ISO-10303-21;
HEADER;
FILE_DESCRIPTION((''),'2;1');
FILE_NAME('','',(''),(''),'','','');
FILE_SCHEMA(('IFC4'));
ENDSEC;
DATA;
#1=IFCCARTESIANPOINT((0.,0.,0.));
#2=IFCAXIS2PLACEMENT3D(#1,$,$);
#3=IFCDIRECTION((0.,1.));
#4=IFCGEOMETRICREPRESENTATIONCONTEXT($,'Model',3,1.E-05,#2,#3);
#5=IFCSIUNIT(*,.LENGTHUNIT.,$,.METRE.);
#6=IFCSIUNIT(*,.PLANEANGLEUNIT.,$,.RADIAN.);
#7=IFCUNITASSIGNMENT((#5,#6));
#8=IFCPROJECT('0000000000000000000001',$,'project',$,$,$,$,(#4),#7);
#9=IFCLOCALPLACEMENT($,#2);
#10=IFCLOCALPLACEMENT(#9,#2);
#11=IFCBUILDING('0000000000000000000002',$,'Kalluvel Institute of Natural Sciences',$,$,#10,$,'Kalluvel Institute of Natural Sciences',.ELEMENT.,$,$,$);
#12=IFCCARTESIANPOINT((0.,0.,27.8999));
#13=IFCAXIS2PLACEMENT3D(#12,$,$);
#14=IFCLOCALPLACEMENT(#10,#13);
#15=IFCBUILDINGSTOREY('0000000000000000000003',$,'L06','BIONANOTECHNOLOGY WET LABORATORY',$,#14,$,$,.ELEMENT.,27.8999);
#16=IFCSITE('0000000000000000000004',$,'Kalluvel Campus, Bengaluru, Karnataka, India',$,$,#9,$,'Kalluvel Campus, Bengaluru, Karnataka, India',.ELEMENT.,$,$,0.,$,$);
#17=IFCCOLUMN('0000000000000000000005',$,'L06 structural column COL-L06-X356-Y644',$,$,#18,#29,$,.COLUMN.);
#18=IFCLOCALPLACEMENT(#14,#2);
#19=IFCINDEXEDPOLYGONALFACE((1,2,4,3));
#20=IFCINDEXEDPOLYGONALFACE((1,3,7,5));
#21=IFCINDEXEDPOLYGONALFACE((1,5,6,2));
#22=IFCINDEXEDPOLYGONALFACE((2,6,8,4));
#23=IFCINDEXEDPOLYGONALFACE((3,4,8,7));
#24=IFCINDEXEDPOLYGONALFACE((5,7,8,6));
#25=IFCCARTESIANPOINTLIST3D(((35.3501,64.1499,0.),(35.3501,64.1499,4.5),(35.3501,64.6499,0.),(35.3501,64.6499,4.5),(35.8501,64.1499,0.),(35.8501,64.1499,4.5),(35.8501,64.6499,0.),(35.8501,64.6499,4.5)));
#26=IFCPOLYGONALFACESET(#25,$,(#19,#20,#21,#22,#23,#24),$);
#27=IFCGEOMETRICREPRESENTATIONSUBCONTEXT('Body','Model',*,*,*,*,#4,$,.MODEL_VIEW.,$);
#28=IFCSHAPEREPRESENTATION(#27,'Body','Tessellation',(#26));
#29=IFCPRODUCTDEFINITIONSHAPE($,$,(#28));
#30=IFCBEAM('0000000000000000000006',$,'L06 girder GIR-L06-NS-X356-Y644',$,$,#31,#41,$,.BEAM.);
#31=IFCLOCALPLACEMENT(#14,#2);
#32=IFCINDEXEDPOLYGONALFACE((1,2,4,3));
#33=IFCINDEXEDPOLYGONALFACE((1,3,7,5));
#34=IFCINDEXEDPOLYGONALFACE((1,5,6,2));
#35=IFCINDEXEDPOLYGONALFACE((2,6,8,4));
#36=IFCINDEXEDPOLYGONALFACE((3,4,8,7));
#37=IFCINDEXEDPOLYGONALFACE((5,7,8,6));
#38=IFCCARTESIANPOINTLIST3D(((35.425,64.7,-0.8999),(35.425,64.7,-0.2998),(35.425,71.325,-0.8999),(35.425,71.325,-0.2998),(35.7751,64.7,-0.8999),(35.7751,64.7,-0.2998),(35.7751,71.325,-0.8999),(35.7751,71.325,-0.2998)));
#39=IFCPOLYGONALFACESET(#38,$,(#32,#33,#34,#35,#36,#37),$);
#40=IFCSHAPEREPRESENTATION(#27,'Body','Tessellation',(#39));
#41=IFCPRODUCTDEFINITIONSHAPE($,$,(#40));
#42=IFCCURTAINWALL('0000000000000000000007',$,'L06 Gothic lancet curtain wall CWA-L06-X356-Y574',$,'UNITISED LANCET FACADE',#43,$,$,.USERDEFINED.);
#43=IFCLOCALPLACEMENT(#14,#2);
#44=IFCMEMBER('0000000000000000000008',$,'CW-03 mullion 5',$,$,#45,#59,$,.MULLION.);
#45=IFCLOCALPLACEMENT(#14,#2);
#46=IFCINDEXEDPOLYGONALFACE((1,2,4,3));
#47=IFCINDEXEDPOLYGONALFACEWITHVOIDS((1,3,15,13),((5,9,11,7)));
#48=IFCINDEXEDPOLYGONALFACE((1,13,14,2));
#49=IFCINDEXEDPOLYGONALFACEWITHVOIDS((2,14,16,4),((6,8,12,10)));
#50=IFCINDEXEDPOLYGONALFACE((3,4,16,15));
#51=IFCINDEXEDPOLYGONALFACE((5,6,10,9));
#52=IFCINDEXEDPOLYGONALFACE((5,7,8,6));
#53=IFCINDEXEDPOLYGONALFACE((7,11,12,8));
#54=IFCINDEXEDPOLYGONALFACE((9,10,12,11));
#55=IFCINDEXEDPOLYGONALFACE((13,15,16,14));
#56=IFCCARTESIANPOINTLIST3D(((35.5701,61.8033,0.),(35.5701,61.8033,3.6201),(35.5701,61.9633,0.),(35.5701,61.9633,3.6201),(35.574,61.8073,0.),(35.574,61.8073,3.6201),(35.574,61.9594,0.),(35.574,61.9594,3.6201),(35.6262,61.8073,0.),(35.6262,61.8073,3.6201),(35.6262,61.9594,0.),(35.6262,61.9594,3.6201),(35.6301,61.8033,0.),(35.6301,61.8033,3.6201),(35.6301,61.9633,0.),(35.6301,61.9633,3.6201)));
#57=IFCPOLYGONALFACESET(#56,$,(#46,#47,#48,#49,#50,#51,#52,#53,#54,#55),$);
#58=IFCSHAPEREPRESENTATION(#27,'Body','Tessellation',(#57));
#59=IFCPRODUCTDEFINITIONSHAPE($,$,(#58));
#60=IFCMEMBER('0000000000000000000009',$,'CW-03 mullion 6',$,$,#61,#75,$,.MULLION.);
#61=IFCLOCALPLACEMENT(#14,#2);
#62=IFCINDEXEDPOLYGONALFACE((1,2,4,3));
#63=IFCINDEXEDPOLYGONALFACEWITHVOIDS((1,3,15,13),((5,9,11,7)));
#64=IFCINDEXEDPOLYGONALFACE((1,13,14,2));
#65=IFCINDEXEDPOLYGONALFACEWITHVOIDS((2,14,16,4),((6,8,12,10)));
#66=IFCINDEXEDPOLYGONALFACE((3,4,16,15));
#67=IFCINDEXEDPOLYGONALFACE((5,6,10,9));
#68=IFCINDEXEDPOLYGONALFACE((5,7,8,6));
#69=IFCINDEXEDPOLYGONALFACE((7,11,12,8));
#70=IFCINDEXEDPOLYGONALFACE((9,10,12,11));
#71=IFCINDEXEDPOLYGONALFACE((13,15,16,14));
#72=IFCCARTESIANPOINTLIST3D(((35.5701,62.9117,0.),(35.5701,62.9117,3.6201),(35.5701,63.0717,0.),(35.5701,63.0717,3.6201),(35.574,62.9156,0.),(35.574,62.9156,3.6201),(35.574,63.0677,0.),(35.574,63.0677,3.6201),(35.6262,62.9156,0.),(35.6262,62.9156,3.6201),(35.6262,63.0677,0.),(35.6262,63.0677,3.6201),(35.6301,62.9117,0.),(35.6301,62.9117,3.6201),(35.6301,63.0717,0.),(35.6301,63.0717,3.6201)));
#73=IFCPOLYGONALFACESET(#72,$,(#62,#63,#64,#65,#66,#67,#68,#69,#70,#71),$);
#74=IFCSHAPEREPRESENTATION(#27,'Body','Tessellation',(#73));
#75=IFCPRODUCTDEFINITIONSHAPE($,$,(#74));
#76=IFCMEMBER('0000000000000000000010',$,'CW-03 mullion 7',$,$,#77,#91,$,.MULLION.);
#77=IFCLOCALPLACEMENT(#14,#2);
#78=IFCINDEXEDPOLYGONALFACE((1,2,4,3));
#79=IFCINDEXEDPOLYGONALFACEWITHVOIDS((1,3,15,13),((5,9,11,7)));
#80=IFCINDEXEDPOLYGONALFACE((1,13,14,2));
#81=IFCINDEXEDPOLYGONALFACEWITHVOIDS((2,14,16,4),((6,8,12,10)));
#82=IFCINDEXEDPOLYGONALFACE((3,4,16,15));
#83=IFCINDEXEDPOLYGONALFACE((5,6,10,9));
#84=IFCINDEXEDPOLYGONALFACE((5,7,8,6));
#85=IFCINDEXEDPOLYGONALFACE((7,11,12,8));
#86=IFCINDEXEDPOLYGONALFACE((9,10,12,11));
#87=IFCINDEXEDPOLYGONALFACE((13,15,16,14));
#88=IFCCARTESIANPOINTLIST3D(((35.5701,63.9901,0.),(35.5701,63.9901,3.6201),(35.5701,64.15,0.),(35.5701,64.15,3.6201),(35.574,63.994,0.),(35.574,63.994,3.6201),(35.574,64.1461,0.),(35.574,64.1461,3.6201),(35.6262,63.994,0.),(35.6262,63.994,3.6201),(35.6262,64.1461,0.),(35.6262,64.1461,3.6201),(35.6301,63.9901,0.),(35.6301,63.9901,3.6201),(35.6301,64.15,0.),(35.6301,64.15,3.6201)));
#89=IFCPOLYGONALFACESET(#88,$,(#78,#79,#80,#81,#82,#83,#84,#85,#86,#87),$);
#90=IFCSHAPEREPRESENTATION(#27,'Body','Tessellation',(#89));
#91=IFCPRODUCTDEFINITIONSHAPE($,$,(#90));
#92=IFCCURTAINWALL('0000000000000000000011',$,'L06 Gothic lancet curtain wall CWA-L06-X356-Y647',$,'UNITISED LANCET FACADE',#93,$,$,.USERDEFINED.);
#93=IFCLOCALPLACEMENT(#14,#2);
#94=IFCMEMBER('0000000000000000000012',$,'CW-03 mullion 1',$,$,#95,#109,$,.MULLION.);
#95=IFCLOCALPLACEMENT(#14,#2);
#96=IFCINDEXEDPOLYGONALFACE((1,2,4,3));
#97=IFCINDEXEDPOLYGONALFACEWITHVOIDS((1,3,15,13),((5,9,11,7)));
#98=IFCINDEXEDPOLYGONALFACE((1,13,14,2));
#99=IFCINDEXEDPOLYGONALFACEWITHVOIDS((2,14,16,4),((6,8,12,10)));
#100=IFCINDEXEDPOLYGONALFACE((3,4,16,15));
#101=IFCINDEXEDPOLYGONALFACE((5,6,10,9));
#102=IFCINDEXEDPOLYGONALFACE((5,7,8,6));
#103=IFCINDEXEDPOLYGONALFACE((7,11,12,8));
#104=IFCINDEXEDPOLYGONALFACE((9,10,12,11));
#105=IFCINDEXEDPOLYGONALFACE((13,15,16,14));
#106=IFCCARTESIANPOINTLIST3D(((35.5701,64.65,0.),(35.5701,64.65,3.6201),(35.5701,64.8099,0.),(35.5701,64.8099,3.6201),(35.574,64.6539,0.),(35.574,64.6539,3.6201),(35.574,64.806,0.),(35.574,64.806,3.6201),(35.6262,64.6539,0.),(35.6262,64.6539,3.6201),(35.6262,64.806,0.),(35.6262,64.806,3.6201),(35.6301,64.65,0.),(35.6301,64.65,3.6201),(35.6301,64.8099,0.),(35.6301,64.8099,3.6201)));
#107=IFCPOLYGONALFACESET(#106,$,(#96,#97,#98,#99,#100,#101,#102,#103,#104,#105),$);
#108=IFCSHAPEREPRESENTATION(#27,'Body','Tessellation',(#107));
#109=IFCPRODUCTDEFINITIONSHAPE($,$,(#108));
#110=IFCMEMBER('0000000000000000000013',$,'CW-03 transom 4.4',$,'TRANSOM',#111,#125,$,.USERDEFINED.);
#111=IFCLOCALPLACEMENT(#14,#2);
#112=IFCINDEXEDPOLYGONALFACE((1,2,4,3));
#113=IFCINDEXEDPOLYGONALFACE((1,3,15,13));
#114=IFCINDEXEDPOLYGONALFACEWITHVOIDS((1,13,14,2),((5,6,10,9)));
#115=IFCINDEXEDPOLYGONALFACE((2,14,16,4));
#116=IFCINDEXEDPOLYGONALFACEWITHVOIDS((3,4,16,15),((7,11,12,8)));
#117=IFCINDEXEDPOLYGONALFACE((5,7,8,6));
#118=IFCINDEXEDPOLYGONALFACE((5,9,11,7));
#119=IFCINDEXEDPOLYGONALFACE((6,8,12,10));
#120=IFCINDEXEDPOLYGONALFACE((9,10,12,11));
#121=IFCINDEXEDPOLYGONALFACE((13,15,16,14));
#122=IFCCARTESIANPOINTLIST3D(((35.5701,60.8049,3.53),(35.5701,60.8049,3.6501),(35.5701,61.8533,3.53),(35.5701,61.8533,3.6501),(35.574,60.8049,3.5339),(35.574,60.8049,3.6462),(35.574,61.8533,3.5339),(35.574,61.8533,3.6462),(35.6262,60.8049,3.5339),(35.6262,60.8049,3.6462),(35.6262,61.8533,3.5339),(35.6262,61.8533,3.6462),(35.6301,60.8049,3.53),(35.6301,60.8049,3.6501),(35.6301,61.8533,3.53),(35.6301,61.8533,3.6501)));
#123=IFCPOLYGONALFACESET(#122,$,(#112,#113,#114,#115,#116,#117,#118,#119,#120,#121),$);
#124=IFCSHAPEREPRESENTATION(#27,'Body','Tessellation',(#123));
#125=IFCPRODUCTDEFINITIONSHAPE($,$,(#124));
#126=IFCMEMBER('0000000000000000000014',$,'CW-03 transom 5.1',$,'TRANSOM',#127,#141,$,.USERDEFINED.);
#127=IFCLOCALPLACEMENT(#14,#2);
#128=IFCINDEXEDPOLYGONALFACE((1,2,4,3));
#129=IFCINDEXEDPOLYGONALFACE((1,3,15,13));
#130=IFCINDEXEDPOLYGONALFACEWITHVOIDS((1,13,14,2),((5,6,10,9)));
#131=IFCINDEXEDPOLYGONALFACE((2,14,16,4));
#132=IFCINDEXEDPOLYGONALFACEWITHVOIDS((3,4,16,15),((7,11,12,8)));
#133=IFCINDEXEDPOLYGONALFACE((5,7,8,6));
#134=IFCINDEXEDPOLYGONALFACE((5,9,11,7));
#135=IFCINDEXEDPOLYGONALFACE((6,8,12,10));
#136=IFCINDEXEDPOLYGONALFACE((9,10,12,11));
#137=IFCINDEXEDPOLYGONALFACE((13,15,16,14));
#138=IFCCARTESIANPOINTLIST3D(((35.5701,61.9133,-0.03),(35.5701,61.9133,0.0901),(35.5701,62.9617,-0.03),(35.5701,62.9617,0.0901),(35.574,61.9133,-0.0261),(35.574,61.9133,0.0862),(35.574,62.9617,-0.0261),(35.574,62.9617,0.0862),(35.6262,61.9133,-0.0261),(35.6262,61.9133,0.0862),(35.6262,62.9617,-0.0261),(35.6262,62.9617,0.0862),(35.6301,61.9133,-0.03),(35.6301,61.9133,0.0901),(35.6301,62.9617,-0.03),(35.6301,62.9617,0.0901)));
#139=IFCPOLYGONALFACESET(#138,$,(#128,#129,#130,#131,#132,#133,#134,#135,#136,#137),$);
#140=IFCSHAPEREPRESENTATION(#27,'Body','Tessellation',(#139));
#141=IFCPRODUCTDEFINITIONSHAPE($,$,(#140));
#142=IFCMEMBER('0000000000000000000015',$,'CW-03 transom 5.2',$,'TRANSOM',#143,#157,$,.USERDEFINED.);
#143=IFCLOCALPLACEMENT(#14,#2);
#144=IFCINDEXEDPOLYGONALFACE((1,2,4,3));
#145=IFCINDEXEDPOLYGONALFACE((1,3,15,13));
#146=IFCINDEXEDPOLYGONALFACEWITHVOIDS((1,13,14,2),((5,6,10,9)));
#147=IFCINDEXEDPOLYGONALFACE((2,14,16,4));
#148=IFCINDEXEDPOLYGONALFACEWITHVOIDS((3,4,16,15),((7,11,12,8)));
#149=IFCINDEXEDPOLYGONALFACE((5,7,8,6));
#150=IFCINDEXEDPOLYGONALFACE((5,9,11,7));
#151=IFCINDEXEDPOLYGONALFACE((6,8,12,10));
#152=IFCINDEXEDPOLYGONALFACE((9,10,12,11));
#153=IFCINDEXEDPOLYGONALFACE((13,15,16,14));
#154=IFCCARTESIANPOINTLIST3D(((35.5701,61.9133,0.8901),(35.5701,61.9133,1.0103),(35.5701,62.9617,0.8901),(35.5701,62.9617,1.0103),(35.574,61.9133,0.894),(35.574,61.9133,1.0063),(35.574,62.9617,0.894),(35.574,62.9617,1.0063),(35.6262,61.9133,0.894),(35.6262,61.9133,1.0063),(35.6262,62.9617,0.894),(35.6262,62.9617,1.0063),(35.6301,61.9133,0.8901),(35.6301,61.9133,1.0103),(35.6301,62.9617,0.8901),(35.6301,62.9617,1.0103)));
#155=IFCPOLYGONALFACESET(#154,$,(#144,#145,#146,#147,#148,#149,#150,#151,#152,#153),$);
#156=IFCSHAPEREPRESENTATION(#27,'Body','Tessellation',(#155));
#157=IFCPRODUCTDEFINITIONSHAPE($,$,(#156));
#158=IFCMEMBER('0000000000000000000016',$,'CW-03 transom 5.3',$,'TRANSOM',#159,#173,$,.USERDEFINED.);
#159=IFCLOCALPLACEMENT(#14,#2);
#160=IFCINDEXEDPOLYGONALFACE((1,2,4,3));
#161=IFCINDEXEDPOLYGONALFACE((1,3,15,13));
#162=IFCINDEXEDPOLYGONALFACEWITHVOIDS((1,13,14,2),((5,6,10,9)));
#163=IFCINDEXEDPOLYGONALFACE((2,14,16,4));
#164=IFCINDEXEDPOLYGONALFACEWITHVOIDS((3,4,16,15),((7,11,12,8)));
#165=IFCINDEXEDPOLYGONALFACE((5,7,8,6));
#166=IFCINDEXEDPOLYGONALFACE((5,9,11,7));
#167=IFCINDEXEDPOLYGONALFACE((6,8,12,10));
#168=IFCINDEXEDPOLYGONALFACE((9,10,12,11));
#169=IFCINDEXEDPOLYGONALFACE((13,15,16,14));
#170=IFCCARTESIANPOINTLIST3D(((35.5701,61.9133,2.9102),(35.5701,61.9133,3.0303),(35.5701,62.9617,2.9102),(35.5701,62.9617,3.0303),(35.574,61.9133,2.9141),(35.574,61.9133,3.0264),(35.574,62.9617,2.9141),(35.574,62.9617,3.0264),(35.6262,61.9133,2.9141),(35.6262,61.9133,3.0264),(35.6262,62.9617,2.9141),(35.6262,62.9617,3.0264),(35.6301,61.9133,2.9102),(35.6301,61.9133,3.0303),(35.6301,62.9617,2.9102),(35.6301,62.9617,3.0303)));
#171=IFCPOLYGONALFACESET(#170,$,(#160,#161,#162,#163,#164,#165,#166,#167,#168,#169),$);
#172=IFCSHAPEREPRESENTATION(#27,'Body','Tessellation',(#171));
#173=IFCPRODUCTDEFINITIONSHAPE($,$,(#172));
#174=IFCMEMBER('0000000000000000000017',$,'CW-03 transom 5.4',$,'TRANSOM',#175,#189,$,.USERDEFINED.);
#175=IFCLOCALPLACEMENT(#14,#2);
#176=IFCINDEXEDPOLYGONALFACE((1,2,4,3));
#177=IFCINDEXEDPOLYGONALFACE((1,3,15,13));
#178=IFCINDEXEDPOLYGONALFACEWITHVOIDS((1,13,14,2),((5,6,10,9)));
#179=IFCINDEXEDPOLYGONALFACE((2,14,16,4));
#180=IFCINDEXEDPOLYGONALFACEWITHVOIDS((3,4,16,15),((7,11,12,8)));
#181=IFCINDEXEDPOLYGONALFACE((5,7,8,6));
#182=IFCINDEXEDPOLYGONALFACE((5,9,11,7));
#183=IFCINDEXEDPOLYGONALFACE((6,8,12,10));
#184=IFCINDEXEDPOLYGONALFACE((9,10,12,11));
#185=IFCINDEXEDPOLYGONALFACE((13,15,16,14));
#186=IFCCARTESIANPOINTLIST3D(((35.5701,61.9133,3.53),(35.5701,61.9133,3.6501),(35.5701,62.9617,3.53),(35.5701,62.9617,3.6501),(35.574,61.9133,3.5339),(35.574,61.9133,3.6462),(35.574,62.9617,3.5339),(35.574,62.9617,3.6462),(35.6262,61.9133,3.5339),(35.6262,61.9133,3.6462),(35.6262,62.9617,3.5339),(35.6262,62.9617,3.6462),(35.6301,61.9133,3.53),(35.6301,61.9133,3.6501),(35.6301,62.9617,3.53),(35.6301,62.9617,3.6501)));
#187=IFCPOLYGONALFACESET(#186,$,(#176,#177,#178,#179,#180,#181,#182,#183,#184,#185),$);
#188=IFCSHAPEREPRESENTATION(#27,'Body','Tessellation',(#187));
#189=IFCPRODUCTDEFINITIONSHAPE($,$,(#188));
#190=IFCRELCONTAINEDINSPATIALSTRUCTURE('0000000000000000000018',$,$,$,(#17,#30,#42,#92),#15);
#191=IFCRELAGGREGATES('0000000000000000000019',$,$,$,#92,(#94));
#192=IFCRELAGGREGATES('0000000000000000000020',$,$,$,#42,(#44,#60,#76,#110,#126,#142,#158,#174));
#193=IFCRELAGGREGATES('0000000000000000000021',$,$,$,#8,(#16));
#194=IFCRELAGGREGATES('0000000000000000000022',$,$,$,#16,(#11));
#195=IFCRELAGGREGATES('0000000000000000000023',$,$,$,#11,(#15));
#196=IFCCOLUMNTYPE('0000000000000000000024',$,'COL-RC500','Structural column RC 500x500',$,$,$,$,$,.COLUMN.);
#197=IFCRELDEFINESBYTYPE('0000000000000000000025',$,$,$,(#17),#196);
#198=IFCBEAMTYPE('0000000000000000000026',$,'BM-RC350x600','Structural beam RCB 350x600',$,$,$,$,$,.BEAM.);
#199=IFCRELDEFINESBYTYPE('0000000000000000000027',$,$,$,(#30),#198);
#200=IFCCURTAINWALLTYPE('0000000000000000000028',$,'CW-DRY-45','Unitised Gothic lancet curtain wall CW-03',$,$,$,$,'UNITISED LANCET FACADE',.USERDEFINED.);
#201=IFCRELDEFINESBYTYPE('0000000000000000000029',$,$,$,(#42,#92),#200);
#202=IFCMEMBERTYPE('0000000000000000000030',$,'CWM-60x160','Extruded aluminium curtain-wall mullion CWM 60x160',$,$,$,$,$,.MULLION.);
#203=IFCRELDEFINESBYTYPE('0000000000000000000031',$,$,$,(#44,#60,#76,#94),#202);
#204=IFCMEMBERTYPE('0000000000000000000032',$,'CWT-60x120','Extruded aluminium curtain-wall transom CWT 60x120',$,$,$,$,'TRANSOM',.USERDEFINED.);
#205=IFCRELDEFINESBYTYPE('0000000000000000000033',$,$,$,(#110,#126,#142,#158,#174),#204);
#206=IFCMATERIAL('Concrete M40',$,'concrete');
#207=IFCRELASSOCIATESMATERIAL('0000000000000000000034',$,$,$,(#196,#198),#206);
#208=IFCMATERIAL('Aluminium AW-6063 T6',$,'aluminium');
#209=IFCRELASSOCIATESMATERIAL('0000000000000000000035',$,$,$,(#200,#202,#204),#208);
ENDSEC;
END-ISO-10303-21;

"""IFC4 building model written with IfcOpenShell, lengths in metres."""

from ifc_helpers import new_model, si_unit, direction, frame, origin, origin_2d, place, context, subcontext, project, spatial, rectangle, hollow_rectangle, extrude, material, material_profile, profile_set, type_object, element, aggregate, save


model = new_model("IFC4")

# Units and contexts
model_context = context("Model", 3, precision=1e-05, world=origin(), true_north=direction((0.0, 1.0)))
body_context = subcontext(model_context, "Body", "Model", "MODEL_VIEW")
ifc_project = project(units=[si_unit("LENGTHUNIT", "METRE"), si_unit("PLANEANGLEUNIT", "RADIAN")], contexts=[model_context])

# Site, building, storey
site_placement = place(None, origin())
site = spatial("IfcSite", under=ifc_project, at=site_placement, Name="Kalluvel Campus, Bengaluru, Karnataka, India", LongName="Kalluvel Campus, Bengaluru, Karnataka, India", CompositionType="ELEMENT", RefElevation=0.0)
building_placement = place(site_placement, origin())
building = spatial("IfcBuilding", under=site, at=building_placement, Name="Kalluvel Institute of Natural Sciences", LongName="Kalluvel Institute of Natural Sciences", CompositionType="ELEMENT")
storey_placement = place(building_placement, frame((0.0, 0.0, 27.8999)))
storey = spatial("IfcBuildingStorey", under=building, at=storey_placement, Name="L06", Description="BIONANOTECHNOLOGY WET LABORATORY", CompositionType="ELEMENT", Elevation=27.8999)

# Column
ifc_material_1 = material(Name="Concrete M40", Category="concrete")
ifc_material_profile_1 = material_profile(ifc_material_1, rectangle(XDim=0.5, YDim=0.5, at=origin_2d()), Name="RC 500x500")
ifc_profile_set_1 = profile_set([ifc_material_profile_1], Name="Concrete M40")
column_type = type_object("IfcColumnType", Name="COL-RC500", Description="Structural column RC 500x500", PredefinedType="COLUMN", material=ifc_profile_set_1)
column_placement = place(storey_placement, frame((35.6001, 64.3999, 0.0), z_axis=(0.0, 0.0, 1.0), x_axis=(1.0, 0.0, 0.0)))
element("IfcColumn", 1, at=column_placement, inside=storey, type_object=column_type, Name="L06 structural column COL-L06-X356-Y644", PredefinedType="COLUMN", context=body_context, shape_type="SweptSolid", body=[
    extrude(rectangle(XDim=0.5, YDim=0.5, at=origin_2d()), origin(), (0.0, 0.0, 1.0), 4.5),
])

# Beam
ifc_material_profile_2 = material_profile(ifc_material_1, rectangle(XDim=0.3501, YDim=0.6001, at=origin_2d()), Name="RCB 350x600")
ifc_profile_set_2 = profile_set([ifc_material_profile_2], Name="Concrete M40")
beam_type = type_object("IfcBeamType", Name="BM-RC350x600", Description="Structural beam RCB 350x600", PredefinedType="BEAM", material=ifc_profile_set_2)
beam_placement = place(storey_placement, frame((35.6001, 64.7, -0.5999), z_axis=(0.0, 1.0, 0.0), x_axis=(-1.0, 0.0, 0.0)))
element("IfcBeam", 2, at=beam_placement, inside=storey, type_object=beam_type, Name="L06 girder GIR-L06-NS-X356-Y644", PredefinedType="BEAM", context=body_context, shape_type="SweptSolid", body=[
    extrude(rectangle(XDim=0.3501, YDim=0.6001, at=origin_2d()), origin(), (0.0, 0.0, 1.0), 6.625),
])

# Curtain wall, members
ifc_material_2 = material(Name="Aluminium AW-6063 T6", Category="aluminium")
curtain_wall_type = type_object("IfcCurtainWallType", Name="CW-DRY-45", Description="Unitised Gothic lancet curtain wall CW-03", ElementType="UNITISED LANCET FACADE", PredefinedType="USERDEFINED", material=ifc_material_2)
curtain_wall_1_placement = place(storey_placement, origin())
curtain_wall_1 = element("IfcCurtainWall", 3, at=curtain_wall_1_placement, inside=storey, type_object=curtain_wall_type, Name="L06 Gothic lancet curtain wall CWA-L06-X356-Y574", ObjectType="UNITISED LANCET FACADE", PredefinedType="USERDEFINED")
ifc_material_profile_3 = material_profile(ifc_material_2, hollow_rectangle(XDim=0.0601, YDim=0.1599, WallThickness=0.0039, at=origin_2d()), Name="CWM 60x160")
ifc_profile_set_3 = profile_set([ifc_material_profile_3], Name="Aluminium AW-6063 T6")
member_type_1 = type_object("IfcMemberType", Name="CWM-60x160", Description="Extruded aluminium curtain-wall mullion CWM 60x160", PredefinedType="MULLION", material=ifc_profile_set_3)
member_1_placement = place(storey_placement, frame((35.6001, 61.8833, 0.0), z_axis=(0.0, 0.0, 1.0), x_axis=(-1.0, 0.0, 0.0)))
member_1 = element("IfcMember", 4, at=member_1_placement, type_object=member_type_1, Name="CW-03 mullion 5", PredefinedType="MULLION", context=body_context, shape_type="SweptSolid", body=[
    extrude(hollow_rectangle(XDim=0.0601, YDim=0.1599, WallThickness=0.0039, at=origin_2d()), origin(), (0.0, 0.0, 1.0), 3.6201),
])
member_2_placement = place(storey_placement, frame((35.6001, 62.9917, 0.0), z_axis=(0.0, 0.0, 1.0), x_axis=(-1.0, 0.0, 0.0)))
member_2 = element("IfcMember", 5, at=member_2_placement, type_object=member_type_1, Name="CW-03 mullion 6", PredefinedType="MULLION", context=body_context, shape_type="SweptSolid", body=[
    extrude(hollow_rectangle(XDim=0.0601, YDim=0.1599, WallThickness=0.0039, at=origin_2d()), origin(), (0.0, 0.0, 1.0), 3.6201),
])
member_3_placement = place(storey_placement, frame((35.6001, 64.0701, 0.0), z_axis=(0.0, 0.0, 1.0), x_axis=(-1.0, 0.0, 0.0)))
member_3 = element("IfcMember", 6, at=member_3_placement, type_object=member_type_1, Name="CW-03 mullion 7", PredefinedType="MULLION", context=body_context, shape_type="SweptSolid", body=[
    extrude(hollow_rectangle(XDim=0.0601, YDim=0.1599, WallThickness=0.0039, at=origin_2d()), origin(), (0.0, 0.0, 1.0), 3.6201),
])

# Curtain wall, member
curtain_wall_2_placement = place(storey_placement, origin())
curtain_wall_2 = element("IfcCurtainWall", 7, at=curtain_wall_2_placement, inside=storey, type_object=curtain_wall_type, Name="L06 Gothic lancet curtain wall CWA-L06-X356-Y647", ObjectType="UNITISED LANCET FACADE", PredefinedType="USERDEFINED")
member_4_placement = place(storey_placement, frame((35.6001, 64.73, 0.0), z_axis=(0.0, 0.0, 1.0), x_axis=(-1.0, 0.0, 0.0)))
member_4 = element("IfcMember", 8, at=member_4_placement, type_object=member_type_1, Name="CW-03 mullion 1", PredefinedType="MULLION", context=body_context, shape_type="SweptSolid", body=[
    extrude(hollow_rectangle(XDim=0.0601, YDim=0.1599, WallThickness=0.0039, at=origin_2d()), origin(), (0.0, 0.0, 1.0), 3.6201),
])

# Members
ifc_material_profile_4 = material_profile(ifc_material_2, hollow_rectangle(XDim=0.0601, YDim=0.1201, WallThickness=0.0039, at=origin_2d()), Name="CWT 60x120")
ifc_profile_set_4 = profile_set([ifc_material_profile_4], Name="Aluminium AW-6063 T6")
member_type_2 = type_object("IfcMemberType", Name="CWT-60x120", Description="Extruded aluminium curtain-wall transom CWT 60x120", ElementType="TRANSOM", PredefinedType="USERDEFINED", material=ifc_profile_set_4)
member_5_placement = place(storey_placement, frame((35.6001, 60.8049, 3.5901), z_axis=(0.0, 1.0, 0.0), x_axis=(-1.0, 0.0, 0.0)))
member_5 = element("IfcMember", 9, at=member_5_placement, type_object=member_type_2, Name="CW-03 transom 4.4", ObjectType="TRANSOM", PredefinedType="USERDEFINED", context=body_context, shape_type="SweptSolid", body=[
    extrude(hollow_rectangle(XDim=0.0601, YDim=0.1201, WallThickness=0.0039, at=origin_2d()), origin(), (0.0, 0.0, 1.0), 1.0483),
])
member_6_placement = place(storey_placement, frame((35.6001, 61.9133, 0.03), z_axis=(0.0, 1.0, 0.0), x_axis=(-1.0, 0.0, 0.0)))
member_6 = element("IfcMember", 10, at=member_6_placement, type_object=member_type_2, Name="CW-03 transom 5.1", ObjectType="TRANSOM", PredefinedType="USERDEFINED", context=body_context, shape_type="SweptSolid", body=[
    extrude(hollow_rectangle(XDim=0.0601, YDim=0.1201, WallThickness=0.0039, at=origin_2d()), origin(), (0.0, 0.0, 1.0), 1.0483),
])
member_7_placement = place(storey_placement, frame((35.6001, 61.9133, 0.9502), z_axis=(0.0, 1.0, 0.0), x_axis=(-1.0, 0.0, 0.0)))
member_7 = element("IfcMember", 11, at=member_7_placement, type_object=member_type_2, Name="CW-03 transom 5.2", ObjectType="TRANSOM", PredefinedType="USERDEFINED", context=body_context, shape_type="SweptSolid", body=[
    extrude(hollow_rectangle(XDim=0.0601, YDim=0.1201, WallThickness=0.0039, at=origin_2d()), origin(), (0.0, 0.0, 1.0), 1.0483),
])
member_8_placement = place(storey_placement, frame((35.6001, 61.9133, 2.9702), z_axis=(0.0, 1.0, 0.0), x_axis=(-1.0, 0.0, 0.0)))
member_8 = element("IfcMember", 12, at=member_8_placement, type_object=member_type_2, Name="CW-03 transom 5.3", ObjectType="TRANSOM", PredefinedType="USERDEFINED", context=body_context, shape_type="SweptSolid", body=[
    extrude(hollow_rectangle(XDim=0.0601, YDim=0.1201, WallThickness=0.0039, at=origin_2d()), origin(), (0.0, 0.0, 1.0), 1.0483),
])
member_9_placement = place(storey_placement, frame((35.6001, 61.9133, 3.5901), z_axis=(0.0, 1.0, 0.0), x_axis=(-1.0, 0.0, 0.0)))
member_9 = element("IfcMember", 13, at=member_9_placement, type_object=member_type_2, Name="CW-03 transom 5.4", ObjectType="TRANSOM", PredefinedType="USERDEFINED", context=body_context, shape_type="SweptSolid", body=[
    extrude(hollow_rectangle(XDim=0.0601, YDim=0.1201, WallThickness=0.0039, at=origin_2d()), origin(), (0.0, 0.0, 1.0), 1.0483),
])
aggregate(curtain_wall_2, [member_4])

aggregate(curtain_wall_1, [member_1, member_2, member_3, member_5, member_6, member_7, member_8, member_9])

save(model, "model.ifc")
